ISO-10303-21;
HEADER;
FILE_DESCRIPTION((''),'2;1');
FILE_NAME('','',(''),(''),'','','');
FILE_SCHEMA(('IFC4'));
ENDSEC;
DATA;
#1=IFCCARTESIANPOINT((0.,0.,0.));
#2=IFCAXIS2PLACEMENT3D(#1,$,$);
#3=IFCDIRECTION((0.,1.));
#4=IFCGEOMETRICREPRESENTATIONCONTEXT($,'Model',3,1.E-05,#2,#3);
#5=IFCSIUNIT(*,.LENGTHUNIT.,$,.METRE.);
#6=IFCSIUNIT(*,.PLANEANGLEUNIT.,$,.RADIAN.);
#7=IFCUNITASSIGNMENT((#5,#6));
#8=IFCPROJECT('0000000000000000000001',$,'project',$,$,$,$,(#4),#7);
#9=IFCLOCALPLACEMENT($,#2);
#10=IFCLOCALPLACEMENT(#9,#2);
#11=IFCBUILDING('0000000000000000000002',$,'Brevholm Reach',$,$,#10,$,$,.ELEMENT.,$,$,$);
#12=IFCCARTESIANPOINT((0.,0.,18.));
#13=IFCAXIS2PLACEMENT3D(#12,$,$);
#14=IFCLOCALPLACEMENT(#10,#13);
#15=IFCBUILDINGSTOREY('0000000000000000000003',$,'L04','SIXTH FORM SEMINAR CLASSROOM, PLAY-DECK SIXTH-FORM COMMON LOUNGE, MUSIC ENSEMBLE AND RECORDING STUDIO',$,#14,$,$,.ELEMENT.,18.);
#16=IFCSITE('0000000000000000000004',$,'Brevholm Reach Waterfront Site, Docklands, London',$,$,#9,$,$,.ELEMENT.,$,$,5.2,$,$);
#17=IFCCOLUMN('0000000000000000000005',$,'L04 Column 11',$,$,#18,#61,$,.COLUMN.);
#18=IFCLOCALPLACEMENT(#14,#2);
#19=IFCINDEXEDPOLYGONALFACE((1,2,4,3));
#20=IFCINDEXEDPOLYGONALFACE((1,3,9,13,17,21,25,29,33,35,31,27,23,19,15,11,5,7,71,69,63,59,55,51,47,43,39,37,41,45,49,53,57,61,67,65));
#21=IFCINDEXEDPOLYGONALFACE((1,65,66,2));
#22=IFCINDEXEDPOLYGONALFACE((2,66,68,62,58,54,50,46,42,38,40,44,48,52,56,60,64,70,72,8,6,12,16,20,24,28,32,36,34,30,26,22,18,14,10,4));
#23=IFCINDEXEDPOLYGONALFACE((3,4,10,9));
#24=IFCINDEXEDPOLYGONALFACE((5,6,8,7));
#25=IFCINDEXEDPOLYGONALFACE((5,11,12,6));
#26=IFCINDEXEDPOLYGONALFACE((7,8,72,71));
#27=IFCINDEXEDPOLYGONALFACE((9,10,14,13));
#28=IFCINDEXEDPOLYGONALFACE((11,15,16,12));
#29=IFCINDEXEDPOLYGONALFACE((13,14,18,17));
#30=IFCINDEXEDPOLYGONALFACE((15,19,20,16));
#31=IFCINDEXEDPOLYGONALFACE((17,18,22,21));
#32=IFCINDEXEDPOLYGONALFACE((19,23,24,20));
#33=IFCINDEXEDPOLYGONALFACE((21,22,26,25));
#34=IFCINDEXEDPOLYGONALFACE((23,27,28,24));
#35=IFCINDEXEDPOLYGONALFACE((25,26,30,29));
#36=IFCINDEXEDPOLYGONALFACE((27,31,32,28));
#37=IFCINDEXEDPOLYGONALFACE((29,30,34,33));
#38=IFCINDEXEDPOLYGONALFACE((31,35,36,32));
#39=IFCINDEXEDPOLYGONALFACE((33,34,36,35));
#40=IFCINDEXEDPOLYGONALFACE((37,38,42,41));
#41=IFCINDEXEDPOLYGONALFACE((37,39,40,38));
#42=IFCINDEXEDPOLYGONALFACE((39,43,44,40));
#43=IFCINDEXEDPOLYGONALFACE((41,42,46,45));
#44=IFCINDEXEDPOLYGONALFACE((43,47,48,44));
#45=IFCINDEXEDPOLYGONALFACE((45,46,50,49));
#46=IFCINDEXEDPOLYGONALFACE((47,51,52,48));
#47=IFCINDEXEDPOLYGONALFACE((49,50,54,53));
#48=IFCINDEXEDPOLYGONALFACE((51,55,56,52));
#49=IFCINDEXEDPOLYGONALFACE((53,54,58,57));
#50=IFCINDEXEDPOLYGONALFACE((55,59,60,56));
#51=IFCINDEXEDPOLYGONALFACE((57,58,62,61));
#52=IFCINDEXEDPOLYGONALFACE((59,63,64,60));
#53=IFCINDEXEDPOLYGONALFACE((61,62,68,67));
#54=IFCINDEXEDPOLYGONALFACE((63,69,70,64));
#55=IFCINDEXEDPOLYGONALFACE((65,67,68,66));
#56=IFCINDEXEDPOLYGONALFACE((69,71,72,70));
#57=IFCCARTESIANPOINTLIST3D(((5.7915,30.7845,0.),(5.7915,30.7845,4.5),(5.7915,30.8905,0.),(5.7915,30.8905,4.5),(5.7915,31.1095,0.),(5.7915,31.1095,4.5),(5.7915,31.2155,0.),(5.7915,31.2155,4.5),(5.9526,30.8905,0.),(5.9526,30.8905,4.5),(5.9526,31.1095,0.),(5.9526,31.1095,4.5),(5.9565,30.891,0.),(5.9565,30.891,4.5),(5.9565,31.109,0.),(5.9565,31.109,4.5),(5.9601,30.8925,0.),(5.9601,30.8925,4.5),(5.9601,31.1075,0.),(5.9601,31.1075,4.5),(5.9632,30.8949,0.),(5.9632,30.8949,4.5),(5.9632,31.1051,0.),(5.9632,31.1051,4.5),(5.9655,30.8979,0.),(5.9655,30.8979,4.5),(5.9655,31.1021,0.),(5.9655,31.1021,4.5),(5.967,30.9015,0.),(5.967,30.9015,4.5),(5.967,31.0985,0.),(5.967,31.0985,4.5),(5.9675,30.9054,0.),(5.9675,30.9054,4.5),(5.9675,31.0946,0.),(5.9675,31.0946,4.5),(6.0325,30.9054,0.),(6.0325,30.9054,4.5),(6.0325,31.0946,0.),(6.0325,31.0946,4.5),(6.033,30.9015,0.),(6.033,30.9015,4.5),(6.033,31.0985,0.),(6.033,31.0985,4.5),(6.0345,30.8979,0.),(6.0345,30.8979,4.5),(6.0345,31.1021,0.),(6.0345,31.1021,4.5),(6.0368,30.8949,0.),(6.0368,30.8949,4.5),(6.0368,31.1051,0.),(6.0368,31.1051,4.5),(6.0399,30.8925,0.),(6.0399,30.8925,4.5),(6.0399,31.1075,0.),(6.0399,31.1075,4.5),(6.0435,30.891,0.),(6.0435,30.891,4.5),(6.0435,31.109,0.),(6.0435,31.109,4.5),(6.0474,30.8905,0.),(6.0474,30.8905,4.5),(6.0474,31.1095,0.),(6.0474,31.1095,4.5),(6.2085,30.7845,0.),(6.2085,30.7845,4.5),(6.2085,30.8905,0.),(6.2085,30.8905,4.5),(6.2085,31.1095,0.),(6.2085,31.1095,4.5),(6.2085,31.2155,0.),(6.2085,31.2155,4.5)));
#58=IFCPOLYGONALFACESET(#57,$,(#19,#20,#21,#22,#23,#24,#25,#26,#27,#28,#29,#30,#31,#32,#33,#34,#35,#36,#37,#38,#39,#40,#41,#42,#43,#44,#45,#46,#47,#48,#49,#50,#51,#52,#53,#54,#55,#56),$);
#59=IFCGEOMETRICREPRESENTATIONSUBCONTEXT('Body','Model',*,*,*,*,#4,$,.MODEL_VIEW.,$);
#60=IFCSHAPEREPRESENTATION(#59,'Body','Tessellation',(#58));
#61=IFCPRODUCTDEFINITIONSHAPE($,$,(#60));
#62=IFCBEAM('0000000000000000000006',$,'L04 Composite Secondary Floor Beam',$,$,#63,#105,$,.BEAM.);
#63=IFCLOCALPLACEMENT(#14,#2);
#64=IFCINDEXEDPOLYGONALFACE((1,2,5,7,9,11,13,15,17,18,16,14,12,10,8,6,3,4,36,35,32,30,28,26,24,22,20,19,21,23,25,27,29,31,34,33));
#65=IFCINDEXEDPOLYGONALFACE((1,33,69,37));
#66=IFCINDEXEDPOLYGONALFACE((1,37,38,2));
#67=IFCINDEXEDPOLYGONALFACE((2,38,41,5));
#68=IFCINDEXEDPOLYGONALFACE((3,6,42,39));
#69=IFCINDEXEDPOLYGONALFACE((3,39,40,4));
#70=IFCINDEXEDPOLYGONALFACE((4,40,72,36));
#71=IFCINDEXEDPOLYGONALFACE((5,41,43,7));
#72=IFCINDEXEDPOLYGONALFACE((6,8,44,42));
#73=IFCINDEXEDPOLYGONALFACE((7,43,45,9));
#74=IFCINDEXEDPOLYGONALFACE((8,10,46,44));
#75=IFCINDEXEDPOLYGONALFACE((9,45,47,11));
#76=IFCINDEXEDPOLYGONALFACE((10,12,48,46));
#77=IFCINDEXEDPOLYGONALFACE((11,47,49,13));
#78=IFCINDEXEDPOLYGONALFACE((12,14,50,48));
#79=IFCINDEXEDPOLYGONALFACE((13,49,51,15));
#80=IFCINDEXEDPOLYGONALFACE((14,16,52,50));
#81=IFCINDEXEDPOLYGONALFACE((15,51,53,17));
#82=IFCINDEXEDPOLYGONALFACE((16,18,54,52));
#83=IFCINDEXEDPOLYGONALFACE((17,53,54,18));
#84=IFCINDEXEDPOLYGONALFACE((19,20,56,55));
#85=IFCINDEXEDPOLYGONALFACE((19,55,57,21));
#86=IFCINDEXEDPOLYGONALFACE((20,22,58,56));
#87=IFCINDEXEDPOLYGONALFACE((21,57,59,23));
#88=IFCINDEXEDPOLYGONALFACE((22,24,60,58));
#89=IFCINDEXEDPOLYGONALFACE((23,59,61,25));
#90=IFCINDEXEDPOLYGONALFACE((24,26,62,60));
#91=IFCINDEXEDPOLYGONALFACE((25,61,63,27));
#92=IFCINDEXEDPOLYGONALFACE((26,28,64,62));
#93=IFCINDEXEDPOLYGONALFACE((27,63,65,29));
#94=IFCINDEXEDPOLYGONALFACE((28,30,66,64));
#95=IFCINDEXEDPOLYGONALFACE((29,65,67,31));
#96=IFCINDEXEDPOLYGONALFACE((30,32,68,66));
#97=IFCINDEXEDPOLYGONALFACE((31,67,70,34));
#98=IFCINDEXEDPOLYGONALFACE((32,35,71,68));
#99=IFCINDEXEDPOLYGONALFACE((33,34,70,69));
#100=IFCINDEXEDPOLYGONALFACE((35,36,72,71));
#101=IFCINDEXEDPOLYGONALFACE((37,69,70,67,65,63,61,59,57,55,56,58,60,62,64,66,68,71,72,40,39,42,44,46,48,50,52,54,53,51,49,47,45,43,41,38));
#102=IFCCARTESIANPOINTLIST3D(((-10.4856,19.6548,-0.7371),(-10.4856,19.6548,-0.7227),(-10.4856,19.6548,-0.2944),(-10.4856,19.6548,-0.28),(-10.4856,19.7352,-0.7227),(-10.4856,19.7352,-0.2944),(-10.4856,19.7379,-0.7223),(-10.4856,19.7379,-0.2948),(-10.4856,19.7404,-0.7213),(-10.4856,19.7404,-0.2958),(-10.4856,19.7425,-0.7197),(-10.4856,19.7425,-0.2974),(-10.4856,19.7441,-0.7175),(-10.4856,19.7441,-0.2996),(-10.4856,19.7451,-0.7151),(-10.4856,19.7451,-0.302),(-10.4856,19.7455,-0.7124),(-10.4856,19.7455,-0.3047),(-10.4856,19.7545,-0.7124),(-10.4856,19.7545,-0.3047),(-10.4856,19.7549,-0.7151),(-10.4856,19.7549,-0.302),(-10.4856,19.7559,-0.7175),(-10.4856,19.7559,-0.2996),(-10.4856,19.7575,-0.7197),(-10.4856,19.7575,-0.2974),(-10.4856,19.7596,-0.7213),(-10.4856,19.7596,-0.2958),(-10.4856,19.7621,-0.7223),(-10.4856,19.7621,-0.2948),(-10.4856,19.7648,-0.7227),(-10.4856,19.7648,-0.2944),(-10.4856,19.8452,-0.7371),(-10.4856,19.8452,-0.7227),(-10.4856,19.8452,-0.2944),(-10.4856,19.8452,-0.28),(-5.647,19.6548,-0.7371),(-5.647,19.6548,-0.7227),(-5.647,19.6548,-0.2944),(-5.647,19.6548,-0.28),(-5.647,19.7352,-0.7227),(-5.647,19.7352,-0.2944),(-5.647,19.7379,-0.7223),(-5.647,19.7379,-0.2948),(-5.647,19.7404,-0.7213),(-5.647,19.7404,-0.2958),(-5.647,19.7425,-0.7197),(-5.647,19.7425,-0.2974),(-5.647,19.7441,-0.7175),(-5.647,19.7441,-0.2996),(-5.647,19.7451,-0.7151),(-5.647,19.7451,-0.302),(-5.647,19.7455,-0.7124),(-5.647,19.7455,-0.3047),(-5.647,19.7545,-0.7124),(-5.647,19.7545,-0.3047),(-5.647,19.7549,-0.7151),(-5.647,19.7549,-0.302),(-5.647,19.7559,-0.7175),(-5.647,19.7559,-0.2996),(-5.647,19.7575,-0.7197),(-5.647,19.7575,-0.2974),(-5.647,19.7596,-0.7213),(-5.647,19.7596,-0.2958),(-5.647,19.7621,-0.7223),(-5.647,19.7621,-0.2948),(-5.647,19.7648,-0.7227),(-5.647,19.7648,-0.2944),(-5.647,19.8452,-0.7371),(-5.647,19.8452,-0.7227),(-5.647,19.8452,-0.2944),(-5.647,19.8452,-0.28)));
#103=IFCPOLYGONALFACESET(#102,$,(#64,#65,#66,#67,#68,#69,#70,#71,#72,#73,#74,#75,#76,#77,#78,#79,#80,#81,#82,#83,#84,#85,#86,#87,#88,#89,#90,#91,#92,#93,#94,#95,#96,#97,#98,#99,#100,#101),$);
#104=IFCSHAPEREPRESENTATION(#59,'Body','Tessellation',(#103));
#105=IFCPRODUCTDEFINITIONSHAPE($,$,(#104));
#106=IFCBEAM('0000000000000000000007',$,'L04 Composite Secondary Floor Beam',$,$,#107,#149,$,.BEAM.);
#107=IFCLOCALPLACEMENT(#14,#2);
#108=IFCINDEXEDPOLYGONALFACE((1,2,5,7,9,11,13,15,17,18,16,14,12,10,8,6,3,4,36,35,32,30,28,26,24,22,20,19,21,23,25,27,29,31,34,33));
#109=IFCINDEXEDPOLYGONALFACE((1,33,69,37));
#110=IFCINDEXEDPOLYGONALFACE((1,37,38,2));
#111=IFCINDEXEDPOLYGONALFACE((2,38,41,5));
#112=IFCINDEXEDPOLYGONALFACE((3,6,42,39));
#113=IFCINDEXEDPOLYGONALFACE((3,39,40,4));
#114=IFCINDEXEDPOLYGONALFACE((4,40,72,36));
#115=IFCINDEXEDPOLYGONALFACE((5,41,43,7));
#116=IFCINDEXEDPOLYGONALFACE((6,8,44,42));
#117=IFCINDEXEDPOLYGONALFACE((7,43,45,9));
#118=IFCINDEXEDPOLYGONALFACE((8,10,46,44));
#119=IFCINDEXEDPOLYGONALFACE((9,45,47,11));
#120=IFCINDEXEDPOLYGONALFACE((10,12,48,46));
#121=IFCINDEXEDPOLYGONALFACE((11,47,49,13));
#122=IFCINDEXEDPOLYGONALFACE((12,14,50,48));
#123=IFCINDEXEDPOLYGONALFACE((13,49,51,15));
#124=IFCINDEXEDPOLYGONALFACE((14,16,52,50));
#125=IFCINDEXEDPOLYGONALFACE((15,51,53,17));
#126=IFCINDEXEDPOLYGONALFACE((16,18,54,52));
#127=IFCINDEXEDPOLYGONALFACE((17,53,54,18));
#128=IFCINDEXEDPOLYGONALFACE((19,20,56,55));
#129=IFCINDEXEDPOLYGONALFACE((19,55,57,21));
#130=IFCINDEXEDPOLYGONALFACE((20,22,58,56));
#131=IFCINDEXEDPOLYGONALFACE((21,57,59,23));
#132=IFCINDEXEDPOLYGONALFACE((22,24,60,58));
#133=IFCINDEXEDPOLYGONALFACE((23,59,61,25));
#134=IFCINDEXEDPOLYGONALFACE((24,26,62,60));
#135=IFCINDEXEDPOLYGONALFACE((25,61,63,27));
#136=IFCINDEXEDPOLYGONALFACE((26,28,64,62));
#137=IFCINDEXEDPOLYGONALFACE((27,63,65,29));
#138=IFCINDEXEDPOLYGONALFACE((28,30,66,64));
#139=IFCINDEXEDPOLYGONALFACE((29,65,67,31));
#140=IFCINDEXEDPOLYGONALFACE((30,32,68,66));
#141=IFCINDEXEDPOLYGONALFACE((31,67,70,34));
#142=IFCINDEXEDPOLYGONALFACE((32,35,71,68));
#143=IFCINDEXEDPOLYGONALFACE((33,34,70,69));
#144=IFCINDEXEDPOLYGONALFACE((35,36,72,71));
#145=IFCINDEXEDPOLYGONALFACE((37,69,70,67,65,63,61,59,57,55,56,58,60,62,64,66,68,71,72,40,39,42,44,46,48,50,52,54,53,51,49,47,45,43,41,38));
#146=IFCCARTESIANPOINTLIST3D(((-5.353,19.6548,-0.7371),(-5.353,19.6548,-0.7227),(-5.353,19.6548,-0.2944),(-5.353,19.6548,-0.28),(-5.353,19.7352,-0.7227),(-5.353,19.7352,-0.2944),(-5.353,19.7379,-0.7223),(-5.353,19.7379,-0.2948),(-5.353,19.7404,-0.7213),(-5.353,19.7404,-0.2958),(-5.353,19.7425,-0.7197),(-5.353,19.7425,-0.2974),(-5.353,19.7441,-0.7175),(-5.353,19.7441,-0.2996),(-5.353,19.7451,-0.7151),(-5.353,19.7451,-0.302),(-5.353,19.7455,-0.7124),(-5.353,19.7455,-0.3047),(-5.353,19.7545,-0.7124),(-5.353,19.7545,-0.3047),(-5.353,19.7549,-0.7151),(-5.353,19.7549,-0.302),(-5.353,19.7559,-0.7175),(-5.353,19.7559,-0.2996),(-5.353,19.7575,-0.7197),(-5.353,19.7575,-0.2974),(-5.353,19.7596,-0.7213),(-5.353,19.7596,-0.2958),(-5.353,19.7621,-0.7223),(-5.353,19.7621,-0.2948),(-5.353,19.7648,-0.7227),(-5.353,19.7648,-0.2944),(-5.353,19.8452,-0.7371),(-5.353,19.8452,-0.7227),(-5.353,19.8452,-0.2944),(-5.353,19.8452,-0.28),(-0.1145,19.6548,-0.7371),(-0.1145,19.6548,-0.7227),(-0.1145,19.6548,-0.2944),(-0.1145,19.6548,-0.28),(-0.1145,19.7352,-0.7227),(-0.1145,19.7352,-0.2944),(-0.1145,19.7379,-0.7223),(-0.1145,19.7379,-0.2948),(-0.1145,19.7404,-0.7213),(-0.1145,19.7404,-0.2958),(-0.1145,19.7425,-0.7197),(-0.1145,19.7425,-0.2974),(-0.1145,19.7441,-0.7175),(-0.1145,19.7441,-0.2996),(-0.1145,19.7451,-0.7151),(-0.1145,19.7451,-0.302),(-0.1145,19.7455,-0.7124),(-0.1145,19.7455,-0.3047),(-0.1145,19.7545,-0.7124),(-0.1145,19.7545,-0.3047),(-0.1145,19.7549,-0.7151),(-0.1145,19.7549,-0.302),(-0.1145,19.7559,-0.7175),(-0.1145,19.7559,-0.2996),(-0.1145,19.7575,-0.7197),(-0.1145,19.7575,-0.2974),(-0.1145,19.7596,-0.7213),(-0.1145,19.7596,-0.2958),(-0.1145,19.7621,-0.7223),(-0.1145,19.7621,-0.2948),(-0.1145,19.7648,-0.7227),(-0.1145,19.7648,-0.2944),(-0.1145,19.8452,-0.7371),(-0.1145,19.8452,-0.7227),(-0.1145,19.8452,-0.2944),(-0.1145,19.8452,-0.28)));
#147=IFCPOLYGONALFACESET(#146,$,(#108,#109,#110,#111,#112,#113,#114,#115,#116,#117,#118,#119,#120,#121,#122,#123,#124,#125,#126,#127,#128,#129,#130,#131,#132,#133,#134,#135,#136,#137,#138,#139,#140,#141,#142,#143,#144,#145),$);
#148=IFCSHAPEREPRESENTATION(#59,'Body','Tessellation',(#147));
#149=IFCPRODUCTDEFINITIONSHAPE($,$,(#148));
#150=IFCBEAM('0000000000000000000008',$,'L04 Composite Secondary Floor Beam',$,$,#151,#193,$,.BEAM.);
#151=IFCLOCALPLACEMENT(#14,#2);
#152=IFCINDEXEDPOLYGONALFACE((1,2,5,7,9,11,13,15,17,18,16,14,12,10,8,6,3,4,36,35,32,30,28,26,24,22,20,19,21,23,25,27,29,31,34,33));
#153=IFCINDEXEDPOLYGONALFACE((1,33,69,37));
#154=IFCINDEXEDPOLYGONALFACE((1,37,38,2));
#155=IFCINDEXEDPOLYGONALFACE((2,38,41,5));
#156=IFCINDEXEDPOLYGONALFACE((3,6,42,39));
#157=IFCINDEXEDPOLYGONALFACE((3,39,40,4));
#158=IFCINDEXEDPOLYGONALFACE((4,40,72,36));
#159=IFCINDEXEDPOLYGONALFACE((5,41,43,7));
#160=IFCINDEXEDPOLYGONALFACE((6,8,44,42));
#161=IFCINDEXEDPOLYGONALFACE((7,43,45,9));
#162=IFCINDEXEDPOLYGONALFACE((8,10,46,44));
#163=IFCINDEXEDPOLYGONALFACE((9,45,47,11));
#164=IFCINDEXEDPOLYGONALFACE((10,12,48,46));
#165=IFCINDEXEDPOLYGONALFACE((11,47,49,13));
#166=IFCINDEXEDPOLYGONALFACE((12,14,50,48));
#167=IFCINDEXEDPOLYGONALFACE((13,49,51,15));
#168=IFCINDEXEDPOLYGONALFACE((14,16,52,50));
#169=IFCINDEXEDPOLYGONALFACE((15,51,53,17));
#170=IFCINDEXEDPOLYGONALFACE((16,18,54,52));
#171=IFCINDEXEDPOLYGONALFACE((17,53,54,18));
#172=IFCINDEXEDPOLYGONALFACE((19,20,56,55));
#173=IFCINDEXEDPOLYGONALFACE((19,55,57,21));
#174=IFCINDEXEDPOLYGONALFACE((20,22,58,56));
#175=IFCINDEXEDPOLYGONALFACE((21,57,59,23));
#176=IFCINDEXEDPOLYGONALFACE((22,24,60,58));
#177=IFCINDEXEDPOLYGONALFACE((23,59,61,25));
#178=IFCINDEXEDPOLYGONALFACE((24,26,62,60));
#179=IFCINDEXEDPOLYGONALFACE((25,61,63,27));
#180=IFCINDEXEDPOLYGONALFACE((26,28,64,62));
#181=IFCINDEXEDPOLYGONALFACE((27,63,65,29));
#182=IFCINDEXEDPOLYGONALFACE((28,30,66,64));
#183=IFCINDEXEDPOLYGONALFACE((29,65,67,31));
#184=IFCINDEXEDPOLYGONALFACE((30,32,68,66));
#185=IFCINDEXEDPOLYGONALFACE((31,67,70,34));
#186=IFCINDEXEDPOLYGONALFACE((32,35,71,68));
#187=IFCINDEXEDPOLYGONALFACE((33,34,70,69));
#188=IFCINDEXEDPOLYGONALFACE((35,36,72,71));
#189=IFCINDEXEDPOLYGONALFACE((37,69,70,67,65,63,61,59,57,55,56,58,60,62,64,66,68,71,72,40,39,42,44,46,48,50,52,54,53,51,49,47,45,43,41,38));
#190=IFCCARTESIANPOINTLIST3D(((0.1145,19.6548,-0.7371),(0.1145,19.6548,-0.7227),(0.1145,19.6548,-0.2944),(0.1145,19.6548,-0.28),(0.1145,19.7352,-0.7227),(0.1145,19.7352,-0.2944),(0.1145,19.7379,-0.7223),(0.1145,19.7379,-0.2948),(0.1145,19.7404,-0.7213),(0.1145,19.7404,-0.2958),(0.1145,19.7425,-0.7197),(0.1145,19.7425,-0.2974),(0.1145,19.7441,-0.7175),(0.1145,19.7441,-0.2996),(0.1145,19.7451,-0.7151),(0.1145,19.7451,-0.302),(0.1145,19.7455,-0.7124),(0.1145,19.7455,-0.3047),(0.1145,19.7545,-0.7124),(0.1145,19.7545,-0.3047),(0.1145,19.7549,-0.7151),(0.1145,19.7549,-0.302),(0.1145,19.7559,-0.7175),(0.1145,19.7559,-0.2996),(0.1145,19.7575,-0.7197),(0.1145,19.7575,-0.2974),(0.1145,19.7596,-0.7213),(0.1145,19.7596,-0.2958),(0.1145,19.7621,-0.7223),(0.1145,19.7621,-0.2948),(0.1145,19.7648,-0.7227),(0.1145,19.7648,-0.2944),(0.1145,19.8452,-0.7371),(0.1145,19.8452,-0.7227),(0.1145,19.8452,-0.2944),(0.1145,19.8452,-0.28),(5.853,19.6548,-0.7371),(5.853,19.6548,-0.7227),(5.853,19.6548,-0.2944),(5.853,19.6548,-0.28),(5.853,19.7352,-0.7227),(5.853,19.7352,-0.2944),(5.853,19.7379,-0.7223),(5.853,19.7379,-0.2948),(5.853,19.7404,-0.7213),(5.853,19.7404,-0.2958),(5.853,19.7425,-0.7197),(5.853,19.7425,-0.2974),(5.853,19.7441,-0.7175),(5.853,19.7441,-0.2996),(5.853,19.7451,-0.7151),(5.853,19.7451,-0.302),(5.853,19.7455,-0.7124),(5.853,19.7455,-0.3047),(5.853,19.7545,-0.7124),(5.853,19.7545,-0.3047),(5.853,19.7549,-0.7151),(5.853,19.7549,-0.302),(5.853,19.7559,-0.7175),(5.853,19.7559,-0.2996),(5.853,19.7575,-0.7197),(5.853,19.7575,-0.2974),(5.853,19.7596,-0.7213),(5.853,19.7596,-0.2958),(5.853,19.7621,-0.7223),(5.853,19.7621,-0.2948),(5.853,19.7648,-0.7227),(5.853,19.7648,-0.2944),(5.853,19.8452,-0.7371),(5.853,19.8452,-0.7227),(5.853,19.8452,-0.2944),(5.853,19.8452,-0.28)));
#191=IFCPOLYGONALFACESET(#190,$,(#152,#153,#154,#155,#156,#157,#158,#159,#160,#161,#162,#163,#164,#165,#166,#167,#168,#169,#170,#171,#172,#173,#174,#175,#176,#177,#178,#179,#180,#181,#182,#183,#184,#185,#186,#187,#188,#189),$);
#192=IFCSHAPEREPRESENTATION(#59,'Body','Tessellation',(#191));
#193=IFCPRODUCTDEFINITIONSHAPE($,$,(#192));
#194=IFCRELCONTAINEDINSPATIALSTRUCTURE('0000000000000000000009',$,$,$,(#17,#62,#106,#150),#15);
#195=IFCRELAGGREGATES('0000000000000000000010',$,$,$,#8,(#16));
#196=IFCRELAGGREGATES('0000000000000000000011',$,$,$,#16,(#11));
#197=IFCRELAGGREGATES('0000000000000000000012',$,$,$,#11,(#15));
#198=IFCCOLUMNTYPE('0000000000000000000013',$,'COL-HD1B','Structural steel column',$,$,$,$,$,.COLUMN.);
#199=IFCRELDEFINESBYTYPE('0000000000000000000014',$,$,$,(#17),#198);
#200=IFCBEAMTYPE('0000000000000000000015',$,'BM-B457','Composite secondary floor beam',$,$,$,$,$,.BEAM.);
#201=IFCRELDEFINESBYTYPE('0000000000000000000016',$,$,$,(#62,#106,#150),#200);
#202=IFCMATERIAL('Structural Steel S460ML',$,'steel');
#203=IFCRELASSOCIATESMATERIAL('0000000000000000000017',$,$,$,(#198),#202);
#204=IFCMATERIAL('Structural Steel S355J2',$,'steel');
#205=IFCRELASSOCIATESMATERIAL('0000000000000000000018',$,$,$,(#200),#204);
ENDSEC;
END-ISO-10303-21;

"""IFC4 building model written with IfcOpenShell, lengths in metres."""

from ifc_helpers import new_model, si_unit, direction, frame, origin, origin_2d, place, context, subcontext, project, spatial, i_section, extrude, material, material_profile, profile_set, type_object, element, save


model = new_model("IFC4")

# Units and contexts
model_context = context("Model", 3, precision=1e-05, world=origin(), true_north=direction((0.0, 1.0)))
body_context = subcontext(model_context, "Body", "Model", "MODEL_VIEW")
ifc_project = project(units=[si_unit("LENGTHUNIT", "METRE"), si_unit("PLANEANGLEUNIT", "RADIAN")], contexts=[model_context])

# Site, building, storey
site_placement = place(None, origin())
site = spatial("IfcSite", under=ifc_project, at=site_placement, Name="Brevholm Reach Waterfront Site, Docklands, London", CompositionType="ELEMENT", RefElevation=5.2)
building_placement = place(site_placement, origin())
building = spatial("IfcBuilding", under=site, at=building_placement, Name="Brevholm Reach", CompositionType="ELEMENT")
storey_placement = place(building_placement, frame((0.0, 0.0, 18.0)))
storey = spatial("IfcBuildingStorey", under=building, at=storey_placement, Name="L04", Description="SIXTH FORM SEMINAR CLASSROOM, PLAY-DECK SIXTH-FORM COMMON LOUNGE, MUSIC ENSEMBLE AND RECORDING STUDIO", CompositionType="ELEMENT", Elevation=18.0)

# Column
ifc_material_1 = material(Name="Structural Steel S460ML", Category="steel")
ifc_material_profile_1 = material_profile(ifc_material_1, i_section(OverallWidth=0.417, OverallDepth=0.4309, WebThickness=0.0649, FlangeThickness=0.106, FilletRadius=0.0149, at=origin_2d()), Name="HD 400x900")
ifc_profile_set_1 = profile_set([ifc_material_profile_1], Name="Structural Steel S460ML")
column_type = type_object("IfcColumnType", Name="COL-HD1B", Description="Structural steel column", PredefinedType="COLUMN", material=ifc_profile_set_1)
for number, where, z_axis, x_axis, name in (
    (1, (6.0, 31.0, 0.0), (0.0, 0.0, 1.0), (1.0, 0.0, 0.0), "L04 Column 11"),
):
    element("IfcColumn", number, at=place(storey_placement, frame(where, z_axis=z_axis, x_axis=x_axis)), inside=storey, type_object=column_type, Name=name, PredefinedType="COLUMN", context=body_context, shape_type="SweptSolid", body=[
        extrude(i_section(OverallWidth=0.417, OverallDepth=0.4309, WebThickness=0.0649, FlangeThickness=0.106, FilletRadius=0.0149, at=origin_2d()), origin(), (0.0, 0.0, 1.0), 4.5),
    ])

# Beams
ifc_material_2 = material(Name="Structural Steel S355J2", Category="steel")
ifc_material_profile_2 = material_profile(ifc_material_2, i_section(OverallWidth=0.1904, OverallDepth=0.457, WebThickness=0.009, FlangeThickness=0.0144, FilletRadius=0.0103, at=origin_2d()), Name="UKB 457x191x74")
ifc_profile_set_2 = profile_set([ifc_material_profile_2], Name="Structural Steel S355J2")
beam_type_1 = type_object("IfcBeamType", Name="BM-B457", Description="Composite secondary floor beam", PredefinedType="BEAM", material=ifc_profile_set_2)
beam_1_placement = place(storey_placement, frame((-10.4856, 19.75, -0.5085), z_axis=(1.0, 0.0, 0.0), x_axis=(0.0, 1.0, 0.0)))
element("IfcBeam", 2, at=beam_1_placement, inside=storey, type_object=beam_type_1, Name="L04 Composite Secondary Floor Beam", PredefinedType="BEAM", context=body_context, shape_type="SweptSolid", body=[
    extrude(i_section(OverallWidth=0.1904, OverallDepth=0.457, WebThickness=0.009, FlangeThickness=0.0144, FilletRadius=0.0103, at=origin_2d()), origin(), (0.0, 0.0, 1.0), 4.8386),
])
beam_2_placement = place(storey_placement, frame((-5.353, 19.75, -0.5085), z_axis=(1.0, 0.0, 0.0), x_axis=(0.0, 1.0, 0.0)))
element("IfcBeam", 3, at=beam_2_placement, inside=storey, type_object=beam_type_1, Name="L04 Composite Secondary Floor Beam", PredefinedType="BEAM", context=body_context, shape_type="SweptSolid", body=[
    extrude(i_section(OverallWidth=0.1904, OverallDepth=0.457, WebThickness=0.009, FlangeThickness=0.0144, FilletRadius=0.0103, at=origin_2d()), origin(), (0.0, 0.0, 1.0), 5.2385),
])
beam_3_placement = place(storey_placement, frame((0.1145, 19.75, -0.5085), z_axis=(1.0, 0.0, 0.0), x_axis=(0.0, 1.0, 0.0)))
element("IfcBeam", 4, at=beam_3_placement, inside=storey, type_object=beam_type_1, Name="L04 Composite Secondary Floor Beam", PredefinedType="BEAM", context=body_context, shape_type="SweptSolid", body=[
    extrude(i_section(OverallWidth=0.1904, OverallDepth=0.457, WebThickness=0.009, FlangeThickness=0.0144, FilletRadius=0.0103, at=origin_2d()), origin(), (0.0, 0.0, 1.0), 5.7385),
])

save(model, "model.ifc")
